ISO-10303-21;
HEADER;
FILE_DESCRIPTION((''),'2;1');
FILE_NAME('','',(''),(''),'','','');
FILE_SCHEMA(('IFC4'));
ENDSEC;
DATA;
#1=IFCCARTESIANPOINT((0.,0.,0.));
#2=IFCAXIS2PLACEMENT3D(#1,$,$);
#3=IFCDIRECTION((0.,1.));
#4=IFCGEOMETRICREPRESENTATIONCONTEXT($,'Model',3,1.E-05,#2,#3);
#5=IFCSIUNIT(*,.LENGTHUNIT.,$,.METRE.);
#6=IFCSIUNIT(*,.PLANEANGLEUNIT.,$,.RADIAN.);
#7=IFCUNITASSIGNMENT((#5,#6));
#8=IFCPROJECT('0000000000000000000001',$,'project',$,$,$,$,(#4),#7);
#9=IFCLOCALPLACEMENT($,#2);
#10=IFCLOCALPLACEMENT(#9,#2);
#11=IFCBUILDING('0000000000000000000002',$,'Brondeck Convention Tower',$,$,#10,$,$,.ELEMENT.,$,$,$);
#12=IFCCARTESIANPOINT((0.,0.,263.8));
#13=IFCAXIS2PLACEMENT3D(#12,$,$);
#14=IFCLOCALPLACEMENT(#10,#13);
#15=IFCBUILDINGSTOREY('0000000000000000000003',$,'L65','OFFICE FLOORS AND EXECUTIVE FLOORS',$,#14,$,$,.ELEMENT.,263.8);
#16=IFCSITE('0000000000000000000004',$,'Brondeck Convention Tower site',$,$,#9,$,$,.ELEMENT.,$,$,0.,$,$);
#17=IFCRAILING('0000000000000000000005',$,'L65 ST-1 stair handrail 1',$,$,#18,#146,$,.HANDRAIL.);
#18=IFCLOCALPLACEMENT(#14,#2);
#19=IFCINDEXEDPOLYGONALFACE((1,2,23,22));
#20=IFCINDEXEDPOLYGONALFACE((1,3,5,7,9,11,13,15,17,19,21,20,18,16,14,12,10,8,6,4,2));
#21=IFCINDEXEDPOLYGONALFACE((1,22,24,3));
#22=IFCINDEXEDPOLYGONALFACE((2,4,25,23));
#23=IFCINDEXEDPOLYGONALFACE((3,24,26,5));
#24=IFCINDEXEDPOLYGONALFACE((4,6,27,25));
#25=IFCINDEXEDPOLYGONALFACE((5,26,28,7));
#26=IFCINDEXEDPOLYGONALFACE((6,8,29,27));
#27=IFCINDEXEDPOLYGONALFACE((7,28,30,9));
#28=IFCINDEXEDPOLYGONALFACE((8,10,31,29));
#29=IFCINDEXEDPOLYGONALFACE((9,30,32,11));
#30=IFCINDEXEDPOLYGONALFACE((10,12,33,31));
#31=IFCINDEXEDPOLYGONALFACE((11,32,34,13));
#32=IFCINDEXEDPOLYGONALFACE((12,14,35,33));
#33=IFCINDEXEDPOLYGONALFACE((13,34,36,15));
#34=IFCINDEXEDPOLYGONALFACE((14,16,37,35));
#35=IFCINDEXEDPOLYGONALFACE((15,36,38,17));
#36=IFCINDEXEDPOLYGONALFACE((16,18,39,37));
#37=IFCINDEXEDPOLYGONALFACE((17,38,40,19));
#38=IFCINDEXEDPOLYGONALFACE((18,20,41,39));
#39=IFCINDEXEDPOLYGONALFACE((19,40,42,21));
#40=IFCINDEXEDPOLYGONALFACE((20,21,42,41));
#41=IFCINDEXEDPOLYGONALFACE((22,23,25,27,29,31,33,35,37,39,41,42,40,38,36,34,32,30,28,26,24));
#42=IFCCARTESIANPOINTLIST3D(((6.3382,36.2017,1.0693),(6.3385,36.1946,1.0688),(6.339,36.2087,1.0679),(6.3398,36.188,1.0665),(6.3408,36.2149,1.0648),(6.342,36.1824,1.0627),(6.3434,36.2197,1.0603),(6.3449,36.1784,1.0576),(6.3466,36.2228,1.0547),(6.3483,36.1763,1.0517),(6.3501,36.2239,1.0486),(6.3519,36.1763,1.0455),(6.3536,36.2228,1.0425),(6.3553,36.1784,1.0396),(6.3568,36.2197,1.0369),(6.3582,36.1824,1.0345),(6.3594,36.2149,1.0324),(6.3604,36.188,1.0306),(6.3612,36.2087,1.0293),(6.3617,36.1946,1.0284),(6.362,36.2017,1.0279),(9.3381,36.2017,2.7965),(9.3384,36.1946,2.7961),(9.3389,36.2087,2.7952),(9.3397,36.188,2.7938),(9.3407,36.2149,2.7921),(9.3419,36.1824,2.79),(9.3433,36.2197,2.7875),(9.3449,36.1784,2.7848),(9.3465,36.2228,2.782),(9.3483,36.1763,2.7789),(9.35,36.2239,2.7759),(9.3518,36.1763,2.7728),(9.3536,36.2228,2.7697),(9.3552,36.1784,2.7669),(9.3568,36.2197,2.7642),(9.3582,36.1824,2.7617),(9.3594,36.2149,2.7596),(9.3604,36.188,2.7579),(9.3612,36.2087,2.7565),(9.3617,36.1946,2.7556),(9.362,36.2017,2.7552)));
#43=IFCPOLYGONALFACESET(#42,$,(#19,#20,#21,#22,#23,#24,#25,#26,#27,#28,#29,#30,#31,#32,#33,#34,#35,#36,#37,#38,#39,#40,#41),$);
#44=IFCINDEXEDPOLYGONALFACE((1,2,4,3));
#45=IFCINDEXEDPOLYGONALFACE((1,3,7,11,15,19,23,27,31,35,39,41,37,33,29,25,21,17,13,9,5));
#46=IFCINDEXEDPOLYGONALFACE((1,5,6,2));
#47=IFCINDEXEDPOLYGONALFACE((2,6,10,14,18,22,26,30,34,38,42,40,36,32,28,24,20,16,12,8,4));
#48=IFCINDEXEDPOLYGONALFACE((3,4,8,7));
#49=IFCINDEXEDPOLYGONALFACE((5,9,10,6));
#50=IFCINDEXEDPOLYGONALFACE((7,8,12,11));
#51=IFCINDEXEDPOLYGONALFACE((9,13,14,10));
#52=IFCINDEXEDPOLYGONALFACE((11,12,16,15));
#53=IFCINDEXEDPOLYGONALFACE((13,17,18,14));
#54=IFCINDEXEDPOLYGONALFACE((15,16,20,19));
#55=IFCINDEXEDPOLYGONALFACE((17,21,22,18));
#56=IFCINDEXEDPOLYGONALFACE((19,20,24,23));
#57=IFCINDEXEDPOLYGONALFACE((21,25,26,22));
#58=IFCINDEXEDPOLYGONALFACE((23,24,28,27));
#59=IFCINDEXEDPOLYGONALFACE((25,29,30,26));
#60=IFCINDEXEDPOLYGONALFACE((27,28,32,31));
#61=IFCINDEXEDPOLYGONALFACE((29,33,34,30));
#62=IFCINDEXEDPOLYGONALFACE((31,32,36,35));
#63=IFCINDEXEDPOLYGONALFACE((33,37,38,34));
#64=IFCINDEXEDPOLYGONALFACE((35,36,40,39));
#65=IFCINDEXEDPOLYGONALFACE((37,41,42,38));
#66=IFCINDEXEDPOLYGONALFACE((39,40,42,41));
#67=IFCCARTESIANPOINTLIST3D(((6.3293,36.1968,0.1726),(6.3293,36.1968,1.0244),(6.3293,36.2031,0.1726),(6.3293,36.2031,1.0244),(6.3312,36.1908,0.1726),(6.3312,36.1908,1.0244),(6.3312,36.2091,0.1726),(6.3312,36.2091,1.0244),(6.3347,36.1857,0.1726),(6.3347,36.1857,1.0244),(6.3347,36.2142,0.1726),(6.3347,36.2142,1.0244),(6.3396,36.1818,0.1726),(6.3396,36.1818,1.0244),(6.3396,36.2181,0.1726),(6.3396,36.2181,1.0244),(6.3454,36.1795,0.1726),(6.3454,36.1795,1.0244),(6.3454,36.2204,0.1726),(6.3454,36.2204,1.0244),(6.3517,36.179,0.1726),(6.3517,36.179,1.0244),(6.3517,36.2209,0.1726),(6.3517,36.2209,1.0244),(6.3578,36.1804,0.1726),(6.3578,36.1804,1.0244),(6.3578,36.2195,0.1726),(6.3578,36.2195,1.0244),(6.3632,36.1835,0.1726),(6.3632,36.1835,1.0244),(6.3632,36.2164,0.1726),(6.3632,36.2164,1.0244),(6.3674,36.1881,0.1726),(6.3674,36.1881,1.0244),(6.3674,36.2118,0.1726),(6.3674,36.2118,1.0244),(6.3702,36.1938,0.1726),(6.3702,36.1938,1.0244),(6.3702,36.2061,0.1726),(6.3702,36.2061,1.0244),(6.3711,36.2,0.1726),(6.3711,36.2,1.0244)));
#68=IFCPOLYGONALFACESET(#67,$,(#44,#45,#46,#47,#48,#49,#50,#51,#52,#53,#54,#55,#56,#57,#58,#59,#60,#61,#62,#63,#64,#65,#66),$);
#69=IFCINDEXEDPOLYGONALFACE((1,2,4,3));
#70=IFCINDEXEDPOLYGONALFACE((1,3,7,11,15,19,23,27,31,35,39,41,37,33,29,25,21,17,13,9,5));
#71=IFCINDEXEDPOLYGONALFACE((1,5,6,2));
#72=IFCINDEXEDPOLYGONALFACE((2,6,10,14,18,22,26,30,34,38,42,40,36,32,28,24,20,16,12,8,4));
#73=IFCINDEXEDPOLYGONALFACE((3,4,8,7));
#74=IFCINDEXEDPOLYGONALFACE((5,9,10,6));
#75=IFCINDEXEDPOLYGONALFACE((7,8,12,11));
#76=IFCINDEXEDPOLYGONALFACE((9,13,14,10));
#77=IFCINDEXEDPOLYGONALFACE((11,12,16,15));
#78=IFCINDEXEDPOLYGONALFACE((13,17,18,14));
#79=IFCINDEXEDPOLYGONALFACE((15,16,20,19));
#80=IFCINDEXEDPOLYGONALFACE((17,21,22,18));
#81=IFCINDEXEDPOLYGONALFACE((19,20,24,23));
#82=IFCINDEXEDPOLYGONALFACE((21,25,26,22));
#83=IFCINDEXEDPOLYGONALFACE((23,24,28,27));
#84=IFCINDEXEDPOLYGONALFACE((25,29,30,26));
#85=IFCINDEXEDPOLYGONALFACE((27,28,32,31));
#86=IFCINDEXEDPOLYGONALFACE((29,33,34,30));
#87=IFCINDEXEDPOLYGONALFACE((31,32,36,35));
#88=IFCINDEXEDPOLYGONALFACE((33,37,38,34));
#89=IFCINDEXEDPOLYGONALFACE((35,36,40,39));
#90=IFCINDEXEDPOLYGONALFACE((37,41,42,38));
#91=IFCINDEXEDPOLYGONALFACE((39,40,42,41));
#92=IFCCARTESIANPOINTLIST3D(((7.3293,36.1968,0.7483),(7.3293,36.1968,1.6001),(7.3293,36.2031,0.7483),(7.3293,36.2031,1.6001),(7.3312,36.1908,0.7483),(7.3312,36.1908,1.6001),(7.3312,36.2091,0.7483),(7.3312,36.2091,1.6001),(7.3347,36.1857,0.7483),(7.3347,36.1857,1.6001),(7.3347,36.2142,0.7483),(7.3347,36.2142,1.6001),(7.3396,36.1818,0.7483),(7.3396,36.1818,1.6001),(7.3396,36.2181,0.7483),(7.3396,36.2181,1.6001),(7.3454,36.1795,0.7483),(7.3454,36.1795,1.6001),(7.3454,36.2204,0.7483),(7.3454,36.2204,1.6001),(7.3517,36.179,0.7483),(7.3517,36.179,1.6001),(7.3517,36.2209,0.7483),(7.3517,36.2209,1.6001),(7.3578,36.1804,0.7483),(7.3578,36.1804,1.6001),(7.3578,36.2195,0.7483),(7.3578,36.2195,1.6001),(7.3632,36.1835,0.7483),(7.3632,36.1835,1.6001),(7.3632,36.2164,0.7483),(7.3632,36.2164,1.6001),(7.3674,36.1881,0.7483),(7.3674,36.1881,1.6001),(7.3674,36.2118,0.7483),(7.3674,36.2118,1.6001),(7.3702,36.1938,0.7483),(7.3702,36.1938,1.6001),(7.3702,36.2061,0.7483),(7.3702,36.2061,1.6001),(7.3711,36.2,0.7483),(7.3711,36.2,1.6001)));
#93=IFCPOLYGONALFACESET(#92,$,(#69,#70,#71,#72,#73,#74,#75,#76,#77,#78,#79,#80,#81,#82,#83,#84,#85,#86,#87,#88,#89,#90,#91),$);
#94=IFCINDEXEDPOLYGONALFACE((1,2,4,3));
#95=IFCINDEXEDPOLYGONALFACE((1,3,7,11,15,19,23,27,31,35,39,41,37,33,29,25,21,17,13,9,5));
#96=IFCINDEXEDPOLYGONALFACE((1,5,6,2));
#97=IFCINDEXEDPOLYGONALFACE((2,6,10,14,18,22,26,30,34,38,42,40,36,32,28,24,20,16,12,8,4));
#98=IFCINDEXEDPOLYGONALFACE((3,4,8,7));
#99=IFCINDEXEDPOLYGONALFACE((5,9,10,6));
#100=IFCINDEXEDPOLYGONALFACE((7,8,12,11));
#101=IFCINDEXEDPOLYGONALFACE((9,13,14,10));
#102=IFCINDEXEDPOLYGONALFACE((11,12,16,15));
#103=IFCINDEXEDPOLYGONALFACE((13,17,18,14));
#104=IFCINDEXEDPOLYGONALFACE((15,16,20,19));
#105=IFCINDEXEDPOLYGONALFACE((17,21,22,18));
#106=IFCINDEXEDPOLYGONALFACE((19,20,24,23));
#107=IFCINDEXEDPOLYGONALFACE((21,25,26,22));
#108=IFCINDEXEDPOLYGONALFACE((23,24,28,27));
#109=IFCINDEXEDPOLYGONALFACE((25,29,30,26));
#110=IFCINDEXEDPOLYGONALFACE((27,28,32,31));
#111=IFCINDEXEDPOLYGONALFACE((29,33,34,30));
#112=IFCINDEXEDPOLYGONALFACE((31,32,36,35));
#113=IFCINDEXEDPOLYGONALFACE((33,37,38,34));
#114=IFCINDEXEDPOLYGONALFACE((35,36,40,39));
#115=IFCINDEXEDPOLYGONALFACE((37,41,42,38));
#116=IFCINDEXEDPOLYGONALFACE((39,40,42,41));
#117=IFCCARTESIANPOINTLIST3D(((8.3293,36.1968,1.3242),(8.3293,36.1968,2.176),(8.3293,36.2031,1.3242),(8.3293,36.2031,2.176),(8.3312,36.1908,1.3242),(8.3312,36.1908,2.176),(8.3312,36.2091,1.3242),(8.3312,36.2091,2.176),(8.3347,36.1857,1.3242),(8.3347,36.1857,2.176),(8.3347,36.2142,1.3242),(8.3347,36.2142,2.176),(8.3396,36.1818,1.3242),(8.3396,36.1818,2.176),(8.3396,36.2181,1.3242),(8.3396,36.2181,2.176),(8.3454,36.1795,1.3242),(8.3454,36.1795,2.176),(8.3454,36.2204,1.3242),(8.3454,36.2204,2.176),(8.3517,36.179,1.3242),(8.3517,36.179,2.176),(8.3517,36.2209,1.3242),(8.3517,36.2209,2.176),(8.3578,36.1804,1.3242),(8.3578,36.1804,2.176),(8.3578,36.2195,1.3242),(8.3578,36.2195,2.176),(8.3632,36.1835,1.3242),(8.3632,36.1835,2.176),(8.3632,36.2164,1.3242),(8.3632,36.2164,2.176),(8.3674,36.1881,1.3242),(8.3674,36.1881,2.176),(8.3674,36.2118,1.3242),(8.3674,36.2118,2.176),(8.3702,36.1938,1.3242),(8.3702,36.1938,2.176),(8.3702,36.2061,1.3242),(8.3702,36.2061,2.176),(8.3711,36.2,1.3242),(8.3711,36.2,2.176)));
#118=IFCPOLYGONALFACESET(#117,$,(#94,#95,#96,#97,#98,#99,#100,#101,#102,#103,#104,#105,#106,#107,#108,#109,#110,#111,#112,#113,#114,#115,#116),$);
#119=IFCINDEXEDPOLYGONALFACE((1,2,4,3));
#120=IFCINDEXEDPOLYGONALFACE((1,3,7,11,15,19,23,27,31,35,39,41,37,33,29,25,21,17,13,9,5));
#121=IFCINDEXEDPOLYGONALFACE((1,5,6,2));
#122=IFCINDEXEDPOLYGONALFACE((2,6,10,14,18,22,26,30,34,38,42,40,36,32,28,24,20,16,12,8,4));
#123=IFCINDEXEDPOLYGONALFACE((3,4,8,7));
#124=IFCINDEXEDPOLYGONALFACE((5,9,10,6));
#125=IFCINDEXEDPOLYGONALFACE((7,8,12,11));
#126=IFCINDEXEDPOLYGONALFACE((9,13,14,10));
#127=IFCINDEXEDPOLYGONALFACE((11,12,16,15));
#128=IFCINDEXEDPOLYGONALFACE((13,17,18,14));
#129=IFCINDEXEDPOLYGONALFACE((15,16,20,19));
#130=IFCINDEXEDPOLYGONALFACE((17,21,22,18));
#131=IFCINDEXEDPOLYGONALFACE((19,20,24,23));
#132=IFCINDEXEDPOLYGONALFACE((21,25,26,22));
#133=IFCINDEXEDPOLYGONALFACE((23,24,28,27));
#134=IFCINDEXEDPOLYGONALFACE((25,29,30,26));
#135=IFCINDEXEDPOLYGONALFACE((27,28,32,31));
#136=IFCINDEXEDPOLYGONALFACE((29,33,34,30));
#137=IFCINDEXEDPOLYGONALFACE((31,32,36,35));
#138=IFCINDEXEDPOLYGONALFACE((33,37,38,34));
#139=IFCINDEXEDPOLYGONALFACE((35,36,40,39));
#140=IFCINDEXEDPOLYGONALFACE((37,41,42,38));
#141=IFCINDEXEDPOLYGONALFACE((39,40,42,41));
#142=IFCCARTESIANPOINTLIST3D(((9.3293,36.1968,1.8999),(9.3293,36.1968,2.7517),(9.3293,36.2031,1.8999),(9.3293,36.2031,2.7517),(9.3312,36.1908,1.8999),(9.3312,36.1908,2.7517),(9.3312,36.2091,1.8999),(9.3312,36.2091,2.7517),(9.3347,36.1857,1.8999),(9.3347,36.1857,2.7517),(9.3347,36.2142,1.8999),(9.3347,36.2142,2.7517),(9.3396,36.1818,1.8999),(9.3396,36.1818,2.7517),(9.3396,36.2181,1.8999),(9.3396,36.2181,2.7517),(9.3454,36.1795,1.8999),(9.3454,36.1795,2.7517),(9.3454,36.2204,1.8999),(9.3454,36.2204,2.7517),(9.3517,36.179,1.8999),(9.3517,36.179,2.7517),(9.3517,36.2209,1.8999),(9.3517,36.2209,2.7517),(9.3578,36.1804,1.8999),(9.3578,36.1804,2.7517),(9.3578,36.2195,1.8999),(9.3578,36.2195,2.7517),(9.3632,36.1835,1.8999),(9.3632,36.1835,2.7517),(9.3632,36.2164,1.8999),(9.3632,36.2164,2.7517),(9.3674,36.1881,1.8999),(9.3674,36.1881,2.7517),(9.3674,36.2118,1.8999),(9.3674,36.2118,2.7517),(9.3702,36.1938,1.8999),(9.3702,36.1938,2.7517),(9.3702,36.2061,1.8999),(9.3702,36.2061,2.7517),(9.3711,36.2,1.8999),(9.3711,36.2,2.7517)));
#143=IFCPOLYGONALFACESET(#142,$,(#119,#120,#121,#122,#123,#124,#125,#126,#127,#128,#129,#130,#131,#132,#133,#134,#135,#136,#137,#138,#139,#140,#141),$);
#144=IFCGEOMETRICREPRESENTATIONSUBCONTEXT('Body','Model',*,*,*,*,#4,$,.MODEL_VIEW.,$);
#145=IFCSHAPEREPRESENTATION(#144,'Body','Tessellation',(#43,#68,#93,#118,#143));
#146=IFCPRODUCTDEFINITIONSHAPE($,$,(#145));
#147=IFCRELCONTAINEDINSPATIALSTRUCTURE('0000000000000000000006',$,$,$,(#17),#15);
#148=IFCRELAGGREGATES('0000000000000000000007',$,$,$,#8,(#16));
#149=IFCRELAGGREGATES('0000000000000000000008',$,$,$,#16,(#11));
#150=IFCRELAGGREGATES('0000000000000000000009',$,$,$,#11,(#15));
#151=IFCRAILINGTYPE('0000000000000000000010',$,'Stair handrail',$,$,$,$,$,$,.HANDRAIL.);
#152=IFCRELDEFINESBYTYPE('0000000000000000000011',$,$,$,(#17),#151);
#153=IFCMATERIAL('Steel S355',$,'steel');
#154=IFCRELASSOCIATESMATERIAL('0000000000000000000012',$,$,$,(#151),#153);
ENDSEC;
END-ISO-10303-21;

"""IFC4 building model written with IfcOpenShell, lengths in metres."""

from ifc_helpers import new_model, si_unit, direction, frame, origin, origin_2d, place, context, subcontext, project, spatial, circle, extrude, material, type_object, element, save


model = new_model("IFC4")

# Units and contexts
model_context = context("Model", 3, precision=1e-05, world=origin(), true_north=direction((0.0, 1.0)))
body_context = subcontext(model_context, "Body", "Model", "MODEL_VIEW")
ifc_project = project(units=[si_unit("LENGTHUNIT", "METRE"), si_unit("PLANEANGLEUNIT", "RADIAN")], contexts=[model_context])

# Site, building, storey
site_placement = place(None, origin())
site = spatial("IfcSite", under=ifc_project, at=site_placement, Name="Brondeck Convention Tower site", CompositionType="ELEMENT", RefElevation=0.0)
building_placement = place(site_placement, origin())
building = spatial("IfcBuilding", under=site, at=building_placement, Name="Brondeck Convention Tower", CompositionType="ELEMENT")
storey_placement = place(building_placement, frame((0.0, 0.0, 263.8)))
storey = spatial("IfcBuildingStorey", under=building, at=storey_placement, Name="L65", Description="OFFICE FLOORS AND EXECUTIVE FLOORS", CompositionType="ELEMENT", Elevation=263.8)

# Railing
ifc_material_1 = material(Name="Steel S355", Category="steel")
railing_type_1 = type_object("IfcRailingType", Name="Stair handrail", PredefinedType="HANDRAIL", material=ifc_material_1)
railing_1_placement = place(storey_placement, frame((6.3501, 36.2, 0.1726)))
element("IfcRailing", 1, at=railing_1_placement, inside=storey, type_object=railing_type_1, Name="L65 ST-1 stair handrail 1", PredefinedType="HANDRAIL", context=body_context, shape_type="SweptSolid", body=[
    extrude(circle(Radius=0.0239, at=origin_2d()), frame((0.0, 0.0, 0.876), z_axis=(0.86662, 0.0, 0.498969), x_axis=(0.0, 1.0, 0.0)), (0.0, 0.0, 1.0), 3.4617),
    extrude(circle(Radius=0.021, at=origin_2d()), origin(), (0.0, 0.0, 1.0), 0.8518),
    extrude(circle(Radius=0.021, at=origin_2d()), frame((1.0, 0.0, 0.5757)), (0.0, 0.0, 1.0), 0.8518),
    extrude(circle(Radius=0.021, at=origin_2d()), frame((2.0, 0.0, 1.1516)), (0.0, 0.0, 1.0), 0.8518),
    extrude(circle(Radius=0.021, at=origin_2d()), frame((3.0, 0.0, 1.7273)), (0.0, 0.0, 1.0), 0.8518),
])

save(model, "model.ifc")
